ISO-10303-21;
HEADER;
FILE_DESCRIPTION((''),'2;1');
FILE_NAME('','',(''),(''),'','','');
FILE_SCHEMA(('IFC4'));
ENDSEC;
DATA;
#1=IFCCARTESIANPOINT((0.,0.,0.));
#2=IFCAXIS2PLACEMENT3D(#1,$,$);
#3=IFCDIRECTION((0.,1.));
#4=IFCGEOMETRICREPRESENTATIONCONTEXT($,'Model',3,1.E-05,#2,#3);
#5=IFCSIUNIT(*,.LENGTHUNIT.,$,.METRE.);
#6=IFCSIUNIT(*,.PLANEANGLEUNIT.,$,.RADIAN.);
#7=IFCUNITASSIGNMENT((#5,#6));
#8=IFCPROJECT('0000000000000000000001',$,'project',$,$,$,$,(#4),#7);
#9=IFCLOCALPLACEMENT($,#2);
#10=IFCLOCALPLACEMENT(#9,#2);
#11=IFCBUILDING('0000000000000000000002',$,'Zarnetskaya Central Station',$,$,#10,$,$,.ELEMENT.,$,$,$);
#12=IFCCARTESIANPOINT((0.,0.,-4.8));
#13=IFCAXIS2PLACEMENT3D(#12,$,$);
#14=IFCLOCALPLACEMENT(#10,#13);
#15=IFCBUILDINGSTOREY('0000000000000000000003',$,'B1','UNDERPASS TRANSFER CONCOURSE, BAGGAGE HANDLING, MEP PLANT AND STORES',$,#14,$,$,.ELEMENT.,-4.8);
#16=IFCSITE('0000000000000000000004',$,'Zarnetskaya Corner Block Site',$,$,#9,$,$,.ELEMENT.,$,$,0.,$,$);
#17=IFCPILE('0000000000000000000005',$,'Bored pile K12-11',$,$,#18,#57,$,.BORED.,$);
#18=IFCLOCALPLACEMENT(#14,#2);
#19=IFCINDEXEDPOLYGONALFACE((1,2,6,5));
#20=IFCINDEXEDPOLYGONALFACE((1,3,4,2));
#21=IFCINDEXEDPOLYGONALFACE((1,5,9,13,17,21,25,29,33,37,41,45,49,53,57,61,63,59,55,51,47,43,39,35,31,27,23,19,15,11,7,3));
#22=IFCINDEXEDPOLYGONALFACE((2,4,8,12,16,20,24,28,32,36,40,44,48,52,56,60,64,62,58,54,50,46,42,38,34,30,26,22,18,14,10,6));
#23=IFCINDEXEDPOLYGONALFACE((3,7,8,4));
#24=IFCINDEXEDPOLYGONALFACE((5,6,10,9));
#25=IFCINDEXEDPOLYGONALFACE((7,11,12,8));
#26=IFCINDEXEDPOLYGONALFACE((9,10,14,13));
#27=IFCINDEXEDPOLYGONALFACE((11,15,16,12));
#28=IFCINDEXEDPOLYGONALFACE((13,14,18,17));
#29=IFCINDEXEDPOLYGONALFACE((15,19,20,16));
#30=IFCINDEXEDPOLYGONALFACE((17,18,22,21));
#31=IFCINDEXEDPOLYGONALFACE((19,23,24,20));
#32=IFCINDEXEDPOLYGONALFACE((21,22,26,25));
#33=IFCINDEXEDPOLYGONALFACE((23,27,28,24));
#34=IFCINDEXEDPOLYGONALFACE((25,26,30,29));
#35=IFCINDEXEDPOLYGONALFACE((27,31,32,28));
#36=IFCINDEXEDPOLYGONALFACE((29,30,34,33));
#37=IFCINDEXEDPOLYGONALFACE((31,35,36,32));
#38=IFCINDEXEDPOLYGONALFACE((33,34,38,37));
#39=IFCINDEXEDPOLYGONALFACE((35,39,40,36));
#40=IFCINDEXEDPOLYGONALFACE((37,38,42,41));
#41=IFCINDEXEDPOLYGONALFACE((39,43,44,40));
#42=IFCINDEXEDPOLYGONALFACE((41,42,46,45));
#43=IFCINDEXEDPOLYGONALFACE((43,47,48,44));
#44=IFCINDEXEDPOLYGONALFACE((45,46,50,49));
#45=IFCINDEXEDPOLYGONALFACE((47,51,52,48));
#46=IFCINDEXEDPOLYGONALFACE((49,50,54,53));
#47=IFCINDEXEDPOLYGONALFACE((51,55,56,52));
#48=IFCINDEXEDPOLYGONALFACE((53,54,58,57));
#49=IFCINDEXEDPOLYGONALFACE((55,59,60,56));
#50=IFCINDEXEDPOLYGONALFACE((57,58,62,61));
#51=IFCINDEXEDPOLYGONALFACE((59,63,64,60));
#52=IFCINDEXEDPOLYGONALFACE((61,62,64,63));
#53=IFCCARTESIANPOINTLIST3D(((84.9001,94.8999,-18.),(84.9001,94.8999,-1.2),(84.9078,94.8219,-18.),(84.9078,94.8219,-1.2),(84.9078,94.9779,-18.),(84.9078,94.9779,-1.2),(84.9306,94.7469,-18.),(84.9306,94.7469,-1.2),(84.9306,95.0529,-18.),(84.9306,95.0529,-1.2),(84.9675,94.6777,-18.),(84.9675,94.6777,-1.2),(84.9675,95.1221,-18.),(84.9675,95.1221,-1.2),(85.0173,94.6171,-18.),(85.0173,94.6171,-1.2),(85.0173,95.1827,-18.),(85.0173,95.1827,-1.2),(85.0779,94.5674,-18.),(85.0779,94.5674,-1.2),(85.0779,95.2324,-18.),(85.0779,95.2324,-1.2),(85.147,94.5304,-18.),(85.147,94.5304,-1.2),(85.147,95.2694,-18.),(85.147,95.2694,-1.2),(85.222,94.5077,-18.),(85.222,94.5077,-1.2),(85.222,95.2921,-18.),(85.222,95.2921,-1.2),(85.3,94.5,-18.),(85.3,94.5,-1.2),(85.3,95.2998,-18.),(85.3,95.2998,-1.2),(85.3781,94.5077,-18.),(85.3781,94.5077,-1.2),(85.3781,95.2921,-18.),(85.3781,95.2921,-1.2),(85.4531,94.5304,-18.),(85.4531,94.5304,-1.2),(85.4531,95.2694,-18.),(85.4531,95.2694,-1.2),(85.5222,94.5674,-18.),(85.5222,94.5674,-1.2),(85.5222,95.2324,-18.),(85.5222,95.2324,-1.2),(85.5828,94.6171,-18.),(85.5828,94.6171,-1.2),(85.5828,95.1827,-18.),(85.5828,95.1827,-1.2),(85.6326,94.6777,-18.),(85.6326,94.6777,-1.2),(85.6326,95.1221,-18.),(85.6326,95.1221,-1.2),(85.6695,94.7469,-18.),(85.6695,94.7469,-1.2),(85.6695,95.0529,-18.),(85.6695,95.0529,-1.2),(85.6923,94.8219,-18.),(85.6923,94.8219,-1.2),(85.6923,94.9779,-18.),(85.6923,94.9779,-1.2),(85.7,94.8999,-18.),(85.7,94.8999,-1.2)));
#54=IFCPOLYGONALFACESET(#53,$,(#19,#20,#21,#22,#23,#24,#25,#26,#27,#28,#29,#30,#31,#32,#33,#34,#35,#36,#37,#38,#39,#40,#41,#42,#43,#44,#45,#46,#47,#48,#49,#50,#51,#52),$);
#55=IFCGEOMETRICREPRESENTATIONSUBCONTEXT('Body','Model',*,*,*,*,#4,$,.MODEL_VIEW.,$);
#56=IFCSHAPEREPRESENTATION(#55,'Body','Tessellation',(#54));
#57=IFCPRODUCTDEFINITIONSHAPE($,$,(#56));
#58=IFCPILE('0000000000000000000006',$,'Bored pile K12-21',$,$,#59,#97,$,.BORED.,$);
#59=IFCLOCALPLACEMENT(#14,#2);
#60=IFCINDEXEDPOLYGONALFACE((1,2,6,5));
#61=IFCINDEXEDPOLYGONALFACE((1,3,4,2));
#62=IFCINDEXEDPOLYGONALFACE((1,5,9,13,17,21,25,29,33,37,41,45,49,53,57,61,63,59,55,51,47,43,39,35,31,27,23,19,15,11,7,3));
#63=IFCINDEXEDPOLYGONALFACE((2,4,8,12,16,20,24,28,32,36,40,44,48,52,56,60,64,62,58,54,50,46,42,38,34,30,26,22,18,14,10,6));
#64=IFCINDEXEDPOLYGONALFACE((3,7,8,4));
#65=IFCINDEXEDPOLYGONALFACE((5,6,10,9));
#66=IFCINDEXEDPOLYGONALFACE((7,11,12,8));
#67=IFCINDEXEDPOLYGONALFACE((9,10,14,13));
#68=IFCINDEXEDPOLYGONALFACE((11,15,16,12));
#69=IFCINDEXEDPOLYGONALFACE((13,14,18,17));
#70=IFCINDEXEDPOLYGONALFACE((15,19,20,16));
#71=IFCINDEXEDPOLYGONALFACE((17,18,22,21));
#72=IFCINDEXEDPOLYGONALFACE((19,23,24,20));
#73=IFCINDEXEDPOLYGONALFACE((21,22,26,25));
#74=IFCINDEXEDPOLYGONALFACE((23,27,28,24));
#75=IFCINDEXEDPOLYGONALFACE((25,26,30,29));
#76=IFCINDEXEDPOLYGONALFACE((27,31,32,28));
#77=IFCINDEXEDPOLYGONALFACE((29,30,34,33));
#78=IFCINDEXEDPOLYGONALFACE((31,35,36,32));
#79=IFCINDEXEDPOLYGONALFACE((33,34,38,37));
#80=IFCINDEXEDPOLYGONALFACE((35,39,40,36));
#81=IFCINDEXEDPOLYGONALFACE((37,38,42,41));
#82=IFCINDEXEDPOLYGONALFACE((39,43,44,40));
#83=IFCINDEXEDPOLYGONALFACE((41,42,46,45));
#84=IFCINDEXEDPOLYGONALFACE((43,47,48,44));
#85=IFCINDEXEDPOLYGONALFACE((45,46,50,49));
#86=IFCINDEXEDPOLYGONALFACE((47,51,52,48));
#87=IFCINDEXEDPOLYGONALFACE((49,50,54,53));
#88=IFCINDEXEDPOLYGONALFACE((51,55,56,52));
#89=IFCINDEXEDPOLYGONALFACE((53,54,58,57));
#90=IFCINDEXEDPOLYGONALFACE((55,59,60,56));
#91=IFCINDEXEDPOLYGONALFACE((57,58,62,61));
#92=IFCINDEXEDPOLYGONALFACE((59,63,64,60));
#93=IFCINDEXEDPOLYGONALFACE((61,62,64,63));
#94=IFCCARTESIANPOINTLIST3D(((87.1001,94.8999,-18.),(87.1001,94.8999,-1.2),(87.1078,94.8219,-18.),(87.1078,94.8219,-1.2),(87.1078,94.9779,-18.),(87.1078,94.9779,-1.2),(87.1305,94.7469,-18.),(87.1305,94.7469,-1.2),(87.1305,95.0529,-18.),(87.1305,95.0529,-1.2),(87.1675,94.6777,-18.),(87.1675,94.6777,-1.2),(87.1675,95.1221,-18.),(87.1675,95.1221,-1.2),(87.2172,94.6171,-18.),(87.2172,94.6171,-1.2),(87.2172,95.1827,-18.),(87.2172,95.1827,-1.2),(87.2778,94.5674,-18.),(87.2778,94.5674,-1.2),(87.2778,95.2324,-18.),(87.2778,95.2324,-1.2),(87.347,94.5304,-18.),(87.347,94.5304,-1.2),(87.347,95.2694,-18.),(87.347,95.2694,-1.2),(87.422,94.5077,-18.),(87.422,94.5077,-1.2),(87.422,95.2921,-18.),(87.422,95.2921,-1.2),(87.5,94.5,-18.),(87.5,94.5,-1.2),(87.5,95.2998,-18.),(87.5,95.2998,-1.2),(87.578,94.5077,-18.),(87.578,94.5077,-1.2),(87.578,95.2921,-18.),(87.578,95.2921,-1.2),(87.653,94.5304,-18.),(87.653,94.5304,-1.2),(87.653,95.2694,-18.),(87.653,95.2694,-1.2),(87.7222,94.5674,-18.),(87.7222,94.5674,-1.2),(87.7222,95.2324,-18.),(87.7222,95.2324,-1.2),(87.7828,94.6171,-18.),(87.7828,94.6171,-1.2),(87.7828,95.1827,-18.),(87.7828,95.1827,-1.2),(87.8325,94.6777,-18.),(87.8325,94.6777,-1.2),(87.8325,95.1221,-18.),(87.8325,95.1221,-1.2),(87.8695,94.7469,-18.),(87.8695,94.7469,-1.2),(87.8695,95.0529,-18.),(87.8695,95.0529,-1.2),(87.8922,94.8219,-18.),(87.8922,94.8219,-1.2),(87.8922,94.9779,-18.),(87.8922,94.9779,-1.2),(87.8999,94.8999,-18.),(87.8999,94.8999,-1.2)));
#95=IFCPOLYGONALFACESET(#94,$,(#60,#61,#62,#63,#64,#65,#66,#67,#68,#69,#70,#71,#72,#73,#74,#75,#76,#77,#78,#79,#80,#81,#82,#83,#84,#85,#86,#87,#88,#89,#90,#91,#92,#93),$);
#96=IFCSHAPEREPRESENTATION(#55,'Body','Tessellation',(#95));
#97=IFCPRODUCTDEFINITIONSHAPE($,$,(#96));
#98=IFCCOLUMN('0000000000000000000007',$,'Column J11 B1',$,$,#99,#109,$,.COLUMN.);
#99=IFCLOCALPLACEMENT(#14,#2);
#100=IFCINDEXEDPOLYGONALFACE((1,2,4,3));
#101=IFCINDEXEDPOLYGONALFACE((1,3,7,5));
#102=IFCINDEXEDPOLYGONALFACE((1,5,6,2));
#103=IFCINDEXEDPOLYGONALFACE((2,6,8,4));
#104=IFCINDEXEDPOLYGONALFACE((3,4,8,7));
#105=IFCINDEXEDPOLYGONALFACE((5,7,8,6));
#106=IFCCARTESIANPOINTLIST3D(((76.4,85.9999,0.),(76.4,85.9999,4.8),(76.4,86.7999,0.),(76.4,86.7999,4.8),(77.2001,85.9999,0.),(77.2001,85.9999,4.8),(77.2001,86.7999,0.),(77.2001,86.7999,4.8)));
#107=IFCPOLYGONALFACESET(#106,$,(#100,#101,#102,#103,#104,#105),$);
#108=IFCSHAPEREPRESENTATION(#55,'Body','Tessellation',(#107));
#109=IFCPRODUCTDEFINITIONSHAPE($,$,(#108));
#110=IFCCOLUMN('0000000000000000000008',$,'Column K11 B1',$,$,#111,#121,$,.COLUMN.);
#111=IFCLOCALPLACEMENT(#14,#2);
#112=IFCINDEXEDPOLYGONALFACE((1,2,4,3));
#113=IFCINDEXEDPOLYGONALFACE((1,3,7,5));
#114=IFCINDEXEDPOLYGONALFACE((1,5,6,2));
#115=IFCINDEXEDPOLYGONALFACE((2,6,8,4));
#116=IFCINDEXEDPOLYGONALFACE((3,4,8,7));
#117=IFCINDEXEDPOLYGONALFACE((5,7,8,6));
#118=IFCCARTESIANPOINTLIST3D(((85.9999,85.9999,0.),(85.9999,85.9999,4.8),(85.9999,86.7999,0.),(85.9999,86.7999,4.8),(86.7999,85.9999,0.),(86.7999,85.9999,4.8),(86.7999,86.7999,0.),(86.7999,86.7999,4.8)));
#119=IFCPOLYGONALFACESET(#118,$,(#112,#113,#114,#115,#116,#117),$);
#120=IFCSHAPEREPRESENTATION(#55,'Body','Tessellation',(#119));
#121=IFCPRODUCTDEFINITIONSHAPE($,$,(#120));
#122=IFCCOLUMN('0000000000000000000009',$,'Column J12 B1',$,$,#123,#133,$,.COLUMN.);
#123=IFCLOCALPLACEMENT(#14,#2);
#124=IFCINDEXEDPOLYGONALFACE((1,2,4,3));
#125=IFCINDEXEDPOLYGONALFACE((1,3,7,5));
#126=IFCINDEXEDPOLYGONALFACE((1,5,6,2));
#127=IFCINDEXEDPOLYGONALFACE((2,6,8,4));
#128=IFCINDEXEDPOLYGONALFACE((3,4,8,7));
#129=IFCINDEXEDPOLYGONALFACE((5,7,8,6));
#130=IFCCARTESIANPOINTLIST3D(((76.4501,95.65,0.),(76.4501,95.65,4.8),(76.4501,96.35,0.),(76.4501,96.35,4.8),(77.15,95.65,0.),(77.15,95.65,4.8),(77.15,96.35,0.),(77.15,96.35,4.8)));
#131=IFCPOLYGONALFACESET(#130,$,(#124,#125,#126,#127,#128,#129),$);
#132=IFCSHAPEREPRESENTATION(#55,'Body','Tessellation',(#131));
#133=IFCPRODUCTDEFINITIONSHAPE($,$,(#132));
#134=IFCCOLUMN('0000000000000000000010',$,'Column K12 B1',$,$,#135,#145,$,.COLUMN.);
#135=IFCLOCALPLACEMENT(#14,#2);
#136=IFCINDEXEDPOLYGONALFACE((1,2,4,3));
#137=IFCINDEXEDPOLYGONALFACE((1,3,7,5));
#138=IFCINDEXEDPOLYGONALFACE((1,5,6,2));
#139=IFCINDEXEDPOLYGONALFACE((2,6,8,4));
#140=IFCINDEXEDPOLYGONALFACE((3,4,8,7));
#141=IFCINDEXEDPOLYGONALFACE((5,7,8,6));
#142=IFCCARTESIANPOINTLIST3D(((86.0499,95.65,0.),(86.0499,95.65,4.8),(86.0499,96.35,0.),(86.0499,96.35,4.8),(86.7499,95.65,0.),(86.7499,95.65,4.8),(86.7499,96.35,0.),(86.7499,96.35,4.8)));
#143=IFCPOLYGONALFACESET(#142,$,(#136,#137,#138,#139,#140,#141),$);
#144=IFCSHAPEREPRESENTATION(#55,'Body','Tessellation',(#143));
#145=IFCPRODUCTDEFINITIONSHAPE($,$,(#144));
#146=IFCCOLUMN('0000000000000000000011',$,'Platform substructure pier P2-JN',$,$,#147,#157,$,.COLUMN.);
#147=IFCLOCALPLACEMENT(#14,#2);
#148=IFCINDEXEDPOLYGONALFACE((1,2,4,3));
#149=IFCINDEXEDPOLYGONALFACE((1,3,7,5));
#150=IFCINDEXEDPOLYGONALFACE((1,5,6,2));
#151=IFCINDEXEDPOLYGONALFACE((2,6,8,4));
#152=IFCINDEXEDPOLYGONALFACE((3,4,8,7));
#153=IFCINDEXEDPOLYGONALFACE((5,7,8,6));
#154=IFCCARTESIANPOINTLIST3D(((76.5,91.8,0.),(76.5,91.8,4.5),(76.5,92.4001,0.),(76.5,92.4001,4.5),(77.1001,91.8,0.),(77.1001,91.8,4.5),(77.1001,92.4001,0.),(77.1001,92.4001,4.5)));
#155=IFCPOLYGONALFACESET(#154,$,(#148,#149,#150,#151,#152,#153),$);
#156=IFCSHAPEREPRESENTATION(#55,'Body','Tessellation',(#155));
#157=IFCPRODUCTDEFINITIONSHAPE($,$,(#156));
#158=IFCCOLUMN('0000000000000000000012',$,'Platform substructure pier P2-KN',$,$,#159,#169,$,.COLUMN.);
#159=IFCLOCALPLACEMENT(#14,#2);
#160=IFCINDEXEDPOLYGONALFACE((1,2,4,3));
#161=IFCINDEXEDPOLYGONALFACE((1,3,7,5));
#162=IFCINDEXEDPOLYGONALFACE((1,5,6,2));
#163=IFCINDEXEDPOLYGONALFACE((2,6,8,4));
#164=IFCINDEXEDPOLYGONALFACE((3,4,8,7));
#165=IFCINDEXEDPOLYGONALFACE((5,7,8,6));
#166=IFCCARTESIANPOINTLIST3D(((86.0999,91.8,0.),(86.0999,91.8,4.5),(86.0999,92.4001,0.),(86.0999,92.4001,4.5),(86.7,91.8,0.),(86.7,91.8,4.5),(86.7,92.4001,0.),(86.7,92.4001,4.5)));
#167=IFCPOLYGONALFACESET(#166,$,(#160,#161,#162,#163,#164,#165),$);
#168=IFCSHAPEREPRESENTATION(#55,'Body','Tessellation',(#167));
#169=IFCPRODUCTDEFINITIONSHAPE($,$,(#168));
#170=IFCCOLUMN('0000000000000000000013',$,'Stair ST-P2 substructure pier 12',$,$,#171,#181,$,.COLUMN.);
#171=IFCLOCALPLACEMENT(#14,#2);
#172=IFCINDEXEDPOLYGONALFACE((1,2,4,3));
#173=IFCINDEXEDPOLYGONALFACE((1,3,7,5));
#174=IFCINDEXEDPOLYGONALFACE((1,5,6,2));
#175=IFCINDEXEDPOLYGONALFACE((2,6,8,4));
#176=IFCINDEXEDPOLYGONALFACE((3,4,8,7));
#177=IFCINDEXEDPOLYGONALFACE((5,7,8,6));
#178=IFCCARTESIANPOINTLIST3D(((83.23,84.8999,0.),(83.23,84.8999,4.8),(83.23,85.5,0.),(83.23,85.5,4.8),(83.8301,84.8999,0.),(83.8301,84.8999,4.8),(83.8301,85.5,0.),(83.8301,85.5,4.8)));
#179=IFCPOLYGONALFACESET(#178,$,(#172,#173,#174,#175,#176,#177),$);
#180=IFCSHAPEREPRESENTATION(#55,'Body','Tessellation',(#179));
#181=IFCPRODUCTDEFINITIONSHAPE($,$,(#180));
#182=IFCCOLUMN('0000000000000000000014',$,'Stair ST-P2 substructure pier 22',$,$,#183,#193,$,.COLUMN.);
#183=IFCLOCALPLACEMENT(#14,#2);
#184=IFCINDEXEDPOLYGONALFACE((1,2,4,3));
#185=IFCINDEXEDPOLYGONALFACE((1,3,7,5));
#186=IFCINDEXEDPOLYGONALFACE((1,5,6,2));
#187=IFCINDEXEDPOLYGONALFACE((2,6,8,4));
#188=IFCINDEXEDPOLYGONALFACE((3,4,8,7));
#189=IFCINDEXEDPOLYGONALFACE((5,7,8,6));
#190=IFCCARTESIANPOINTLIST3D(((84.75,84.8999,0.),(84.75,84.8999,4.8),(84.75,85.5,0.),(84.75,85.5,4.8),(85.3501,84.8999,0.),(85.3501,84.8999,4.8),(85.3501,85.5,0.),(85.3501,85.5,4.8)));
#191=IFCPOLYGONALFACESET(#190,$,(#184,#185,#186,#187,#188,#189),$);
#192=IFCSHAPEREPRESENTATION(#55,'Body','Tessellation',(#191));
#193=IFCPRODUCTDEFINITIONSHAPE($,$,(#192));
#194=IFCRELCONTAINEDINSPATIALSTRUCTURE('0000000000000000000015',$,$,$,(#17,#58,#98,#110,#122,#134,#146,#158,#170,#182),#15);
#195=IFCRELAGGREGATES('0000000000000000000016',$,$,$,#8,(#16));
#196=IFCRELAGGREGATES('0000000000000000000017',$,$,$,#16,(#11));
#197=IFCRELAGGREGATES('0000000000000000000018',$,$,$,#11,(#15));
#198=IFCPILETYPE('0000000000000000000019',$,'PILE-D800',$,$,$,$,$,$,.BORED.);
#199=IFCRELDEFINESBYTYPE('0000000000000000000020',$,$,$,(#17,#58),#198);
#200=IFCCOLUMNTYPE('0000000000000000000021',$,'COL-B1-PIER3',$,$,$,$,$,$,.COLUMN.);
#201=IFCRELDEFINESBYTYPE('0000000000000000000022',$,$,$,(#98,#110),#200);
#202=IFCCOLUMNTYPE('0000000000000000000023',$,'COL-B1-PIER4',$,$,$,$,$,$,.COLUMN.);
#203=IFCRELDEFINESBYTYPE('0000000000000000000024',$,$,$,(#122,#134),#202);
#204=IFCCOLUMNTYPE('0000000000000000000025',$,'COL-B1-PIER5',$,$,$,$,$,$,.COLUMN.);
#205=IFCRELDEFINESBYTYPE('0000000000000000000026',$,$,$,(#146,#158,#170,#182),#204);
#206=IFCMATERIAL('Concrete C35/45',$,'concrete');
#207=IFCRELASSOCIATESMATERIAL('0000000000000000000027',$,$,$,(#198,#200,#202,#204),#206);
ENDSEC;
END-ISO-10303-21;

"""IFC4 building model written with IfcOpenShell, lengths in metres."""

from ifc_helpers import new_model, si_unit, direction, frame, origin, origin_2d, place, context, subcontext, project, spatial, rectangle, circle, extrude, material, material_profile, profile_set, type_object, element, save


model = new_model("IFC4")

# Units and contexts
model_context = context("Model", 3, precision=1e-05, world=origin(), true_north=direction((0.0, 1.0)))
body_context = subcontext(model_context, "Body", "Model", "MODEL_VIEW")
ifc_project = project(units=[si_unit("LENGTHUNIT", "METRE"), si_unit("PLANEANGLEUNIT", "RADIAN")], contexts=[model_context])

# Site, building, storey
site_placement = place(None, origin())
site = spatial("IfcSite", under=ifc_project, at=site_placement, Name="Zarnetskaya Corner Block Site", CompositionType="ELEMENT", RefElevation=0.0)
building_placement = place(site_placement, origin())
building = spatial("IfcBuilding", under=site, at=building_placement, Name="Zarnetskaya Central Station", CompositionType="ELEMENT")
storey_placement = place(building_placement, frame((0.0, 0.0, -4.8)))
storey = spatial("IfcBuildingStorey", under=building, at=storey_placement, Name="B1", Description="UNDERPASS TRANSFER CONCOURSE, BAGGAGE HANDLING, MEP PLANT AND STORES", CompositionType="ELEMENT", Elevation=-4.8)

# Shared definitions
ifc_material = material(Name="Concrete C35/45", Category="concrete")

# Piles
ifc_material_profile_1 = material_profile(ifc_material, circle(Radius=0.3999, at=origin_2d()), Name="BORED PILE D800")
ifc_profile_set_1 = profile_set([ifc_material_profile_1], Name="Concrete C35/45")
pile_type_1 = type_object("IfcPileType", Name="PILE-D800", PredefinedType="BORED", material=ifc_profile_set_1)
for number, where, z_axis, x_axis, name in (
    (1, (85.3, 94.8999, -1.2), (0.0, 0.0, -1.0), (1.0, 0.0, 0.0), "Bored pile K12-11"),
    (2, (87.5, 94.8999, -1.2), (0.0, 0.0, -1.0), (1.0, 0.0, 0.0), "Bored pile K12-21"),
):
    element("IfcPile", number, at=place(storey_placement, frame(where, z_axis=z_axis, x_axis=x_axis)), inside=storey, type_object=pile_type_1, Name=name, PredefinedType="BORED", context=body_context, shape_type="SweptSolid", body=[
        extrude(circle(Radius=0.3999, at=origin_2d()), origin(), (0.0, 0.0, 1.0), 16.8),
    ])

# Columns
ifc_material_profile_2 = material_profile(ifc_material, rectangle(XDim=0.8, YDim=0.8, at=origin_2d()), Name="RC 800x800")
ifc_profile_set_2 = profile_set([ifc_material_profile_2], Name="Concrete C35/45")
column_type_1 = type_object("IfcColumnType", Name="COL-B1-PIER3", PredefinedType="COLUMN", material=ifc_profile_set_2)
for number, where, z_axis, x_axis, name in (
    (3, (76.8, 86.3999, 0.0), (0.0, 0.0, 1.0), (1.0, 0.0, 0.0), "Column J11 B1"),
    (4, (86.3999, 86.3999, 0.0), (0.0, 0.0, 1.0), (1.0, 0.0, 0.0), "Column K11 B1"),
):
    element("IfcColumn", number, at=place(storey_placement, frame(where, z_axis=z_axis, x_axis=x_axis)), inside=storey, type_object=column_type_1, Name=name, PredefinedType="COLUMN", context=body_context, shape_type="SweptSolid", body=[
        extrude(rectangle(XDim=0.8, YDim=0.8, at=origin_2d()), origin(), (0.0, 0.0, 1.0), 4.8),
    ])
ifc_material_profile_3 = material_profile(ifc_material, rectangle(XDim=0.7, YDim=0.7, at=origin_2d()), Name="RC 700x700")
ifc_profile_set_3 = profile_set([ifc_material_profile_3], Name="Concrete C35/45")
column_type_2 = type_object("IfcColumnType", Name="COL-B1-PIER4", PredefinedType="COLUMN", material=ifc_profile_set_3)
for number, where, z_axis, x_axis, name in (
    (5, (76.8, 96.0, 0.0), (0.0, 0.0, 1.0), (1.0, 0.0, 0.0), "Column J12 B1"),
    (6, (86.3999, 96.0, 0.0), (0.0, 0.0, 1.0), (1.0, 0.0, 0.0), "Column K12 B1"),
):
    element("IfcColumn", number, at=place(storey_placement, frame(where, z_axis=z_axis, x_axis=x_axis)), inside=storey, type_object=column_type_2, Name=name, PredefinedType="COLUMN", context=body_context, shape_type="SweptSolid", body=[
        extrude(rectangle(XDim=0.7, YDim=0.7, at=origin_2d()), origin(), (0.0, 0.0, 1.0), 4.8),
    ])
ifc_material_profile_4 = material_profile(ifc_material, rectangle(XDim=0.6001, YDim=0.6001, at=origin_2d()), Name="RC 600x600")
ifc_profile_set_4 = profile_set([ifc_material_profile_4], Name="Concrete C35/45")
column_type_3 = type_object("IfcColumnType", Name="COL-B1-PIER5", PredefinedType="COLUMN", material=ifc_profile_set_4)
for number, where, z_axis, x_axis, name in (
    (7, (76.8, 92.1001, 0.0), (0.0, 0.0, 1.0), (1.0, 0.0, 0.0), "Platform substructure pier P2-JN"),
    (8, (86.3999, 92.1001, 0.0), (0.0, 0.0, 1.0), (1.0, 0.0, 0.0), "Platform substructure pier P2-KN"),
):
    element("IfcColumn", number, at=place(storey_placement, frame(where, z_axis=z_axis, x_axis=x_axis)), inside=storey, type_object=column_type_3, Name=name, PredefinedType="COLUMN", context=body_context, shape_type="SweptSolid", body=[
        extrude(rectangle(XDim=0.6001, YDim=0.6001, at=origin_2d()), origin(), (0.0, 0.0, 1.0), 4.5),
    ])
for number, where, z_axis, x_axis, name in (
    (9, (83.53, 85.2, 0.0), (0.0, 0.0, 1.0), (1.0, 0.0, 0.0), "Stair ST-P2 substructure pier 12"),
    (10, (85.05, 85.2, 0.0), (0.0, 0.0, 1.0), (1.0, 0.0, 0.0), "Stair ST-P2 substructure pier 22"),
):
    element("IfcColumn", number, at=place(storey_placement, frame(where, z_axis=z_axis, x_axis=x_axis)), inside=storey, type_object=column_type_3, Name=name, PredefinedType="COLUMN", context=body_context, shape_type="SweptSolid", body=[
        extrude(rectangle(XDim=0.6001, YDim=0.6001, at=origin_2d()), origin(), (0.0, 0.0, 1.0), 4.8),
    ])

save(model, "model.ifc")
